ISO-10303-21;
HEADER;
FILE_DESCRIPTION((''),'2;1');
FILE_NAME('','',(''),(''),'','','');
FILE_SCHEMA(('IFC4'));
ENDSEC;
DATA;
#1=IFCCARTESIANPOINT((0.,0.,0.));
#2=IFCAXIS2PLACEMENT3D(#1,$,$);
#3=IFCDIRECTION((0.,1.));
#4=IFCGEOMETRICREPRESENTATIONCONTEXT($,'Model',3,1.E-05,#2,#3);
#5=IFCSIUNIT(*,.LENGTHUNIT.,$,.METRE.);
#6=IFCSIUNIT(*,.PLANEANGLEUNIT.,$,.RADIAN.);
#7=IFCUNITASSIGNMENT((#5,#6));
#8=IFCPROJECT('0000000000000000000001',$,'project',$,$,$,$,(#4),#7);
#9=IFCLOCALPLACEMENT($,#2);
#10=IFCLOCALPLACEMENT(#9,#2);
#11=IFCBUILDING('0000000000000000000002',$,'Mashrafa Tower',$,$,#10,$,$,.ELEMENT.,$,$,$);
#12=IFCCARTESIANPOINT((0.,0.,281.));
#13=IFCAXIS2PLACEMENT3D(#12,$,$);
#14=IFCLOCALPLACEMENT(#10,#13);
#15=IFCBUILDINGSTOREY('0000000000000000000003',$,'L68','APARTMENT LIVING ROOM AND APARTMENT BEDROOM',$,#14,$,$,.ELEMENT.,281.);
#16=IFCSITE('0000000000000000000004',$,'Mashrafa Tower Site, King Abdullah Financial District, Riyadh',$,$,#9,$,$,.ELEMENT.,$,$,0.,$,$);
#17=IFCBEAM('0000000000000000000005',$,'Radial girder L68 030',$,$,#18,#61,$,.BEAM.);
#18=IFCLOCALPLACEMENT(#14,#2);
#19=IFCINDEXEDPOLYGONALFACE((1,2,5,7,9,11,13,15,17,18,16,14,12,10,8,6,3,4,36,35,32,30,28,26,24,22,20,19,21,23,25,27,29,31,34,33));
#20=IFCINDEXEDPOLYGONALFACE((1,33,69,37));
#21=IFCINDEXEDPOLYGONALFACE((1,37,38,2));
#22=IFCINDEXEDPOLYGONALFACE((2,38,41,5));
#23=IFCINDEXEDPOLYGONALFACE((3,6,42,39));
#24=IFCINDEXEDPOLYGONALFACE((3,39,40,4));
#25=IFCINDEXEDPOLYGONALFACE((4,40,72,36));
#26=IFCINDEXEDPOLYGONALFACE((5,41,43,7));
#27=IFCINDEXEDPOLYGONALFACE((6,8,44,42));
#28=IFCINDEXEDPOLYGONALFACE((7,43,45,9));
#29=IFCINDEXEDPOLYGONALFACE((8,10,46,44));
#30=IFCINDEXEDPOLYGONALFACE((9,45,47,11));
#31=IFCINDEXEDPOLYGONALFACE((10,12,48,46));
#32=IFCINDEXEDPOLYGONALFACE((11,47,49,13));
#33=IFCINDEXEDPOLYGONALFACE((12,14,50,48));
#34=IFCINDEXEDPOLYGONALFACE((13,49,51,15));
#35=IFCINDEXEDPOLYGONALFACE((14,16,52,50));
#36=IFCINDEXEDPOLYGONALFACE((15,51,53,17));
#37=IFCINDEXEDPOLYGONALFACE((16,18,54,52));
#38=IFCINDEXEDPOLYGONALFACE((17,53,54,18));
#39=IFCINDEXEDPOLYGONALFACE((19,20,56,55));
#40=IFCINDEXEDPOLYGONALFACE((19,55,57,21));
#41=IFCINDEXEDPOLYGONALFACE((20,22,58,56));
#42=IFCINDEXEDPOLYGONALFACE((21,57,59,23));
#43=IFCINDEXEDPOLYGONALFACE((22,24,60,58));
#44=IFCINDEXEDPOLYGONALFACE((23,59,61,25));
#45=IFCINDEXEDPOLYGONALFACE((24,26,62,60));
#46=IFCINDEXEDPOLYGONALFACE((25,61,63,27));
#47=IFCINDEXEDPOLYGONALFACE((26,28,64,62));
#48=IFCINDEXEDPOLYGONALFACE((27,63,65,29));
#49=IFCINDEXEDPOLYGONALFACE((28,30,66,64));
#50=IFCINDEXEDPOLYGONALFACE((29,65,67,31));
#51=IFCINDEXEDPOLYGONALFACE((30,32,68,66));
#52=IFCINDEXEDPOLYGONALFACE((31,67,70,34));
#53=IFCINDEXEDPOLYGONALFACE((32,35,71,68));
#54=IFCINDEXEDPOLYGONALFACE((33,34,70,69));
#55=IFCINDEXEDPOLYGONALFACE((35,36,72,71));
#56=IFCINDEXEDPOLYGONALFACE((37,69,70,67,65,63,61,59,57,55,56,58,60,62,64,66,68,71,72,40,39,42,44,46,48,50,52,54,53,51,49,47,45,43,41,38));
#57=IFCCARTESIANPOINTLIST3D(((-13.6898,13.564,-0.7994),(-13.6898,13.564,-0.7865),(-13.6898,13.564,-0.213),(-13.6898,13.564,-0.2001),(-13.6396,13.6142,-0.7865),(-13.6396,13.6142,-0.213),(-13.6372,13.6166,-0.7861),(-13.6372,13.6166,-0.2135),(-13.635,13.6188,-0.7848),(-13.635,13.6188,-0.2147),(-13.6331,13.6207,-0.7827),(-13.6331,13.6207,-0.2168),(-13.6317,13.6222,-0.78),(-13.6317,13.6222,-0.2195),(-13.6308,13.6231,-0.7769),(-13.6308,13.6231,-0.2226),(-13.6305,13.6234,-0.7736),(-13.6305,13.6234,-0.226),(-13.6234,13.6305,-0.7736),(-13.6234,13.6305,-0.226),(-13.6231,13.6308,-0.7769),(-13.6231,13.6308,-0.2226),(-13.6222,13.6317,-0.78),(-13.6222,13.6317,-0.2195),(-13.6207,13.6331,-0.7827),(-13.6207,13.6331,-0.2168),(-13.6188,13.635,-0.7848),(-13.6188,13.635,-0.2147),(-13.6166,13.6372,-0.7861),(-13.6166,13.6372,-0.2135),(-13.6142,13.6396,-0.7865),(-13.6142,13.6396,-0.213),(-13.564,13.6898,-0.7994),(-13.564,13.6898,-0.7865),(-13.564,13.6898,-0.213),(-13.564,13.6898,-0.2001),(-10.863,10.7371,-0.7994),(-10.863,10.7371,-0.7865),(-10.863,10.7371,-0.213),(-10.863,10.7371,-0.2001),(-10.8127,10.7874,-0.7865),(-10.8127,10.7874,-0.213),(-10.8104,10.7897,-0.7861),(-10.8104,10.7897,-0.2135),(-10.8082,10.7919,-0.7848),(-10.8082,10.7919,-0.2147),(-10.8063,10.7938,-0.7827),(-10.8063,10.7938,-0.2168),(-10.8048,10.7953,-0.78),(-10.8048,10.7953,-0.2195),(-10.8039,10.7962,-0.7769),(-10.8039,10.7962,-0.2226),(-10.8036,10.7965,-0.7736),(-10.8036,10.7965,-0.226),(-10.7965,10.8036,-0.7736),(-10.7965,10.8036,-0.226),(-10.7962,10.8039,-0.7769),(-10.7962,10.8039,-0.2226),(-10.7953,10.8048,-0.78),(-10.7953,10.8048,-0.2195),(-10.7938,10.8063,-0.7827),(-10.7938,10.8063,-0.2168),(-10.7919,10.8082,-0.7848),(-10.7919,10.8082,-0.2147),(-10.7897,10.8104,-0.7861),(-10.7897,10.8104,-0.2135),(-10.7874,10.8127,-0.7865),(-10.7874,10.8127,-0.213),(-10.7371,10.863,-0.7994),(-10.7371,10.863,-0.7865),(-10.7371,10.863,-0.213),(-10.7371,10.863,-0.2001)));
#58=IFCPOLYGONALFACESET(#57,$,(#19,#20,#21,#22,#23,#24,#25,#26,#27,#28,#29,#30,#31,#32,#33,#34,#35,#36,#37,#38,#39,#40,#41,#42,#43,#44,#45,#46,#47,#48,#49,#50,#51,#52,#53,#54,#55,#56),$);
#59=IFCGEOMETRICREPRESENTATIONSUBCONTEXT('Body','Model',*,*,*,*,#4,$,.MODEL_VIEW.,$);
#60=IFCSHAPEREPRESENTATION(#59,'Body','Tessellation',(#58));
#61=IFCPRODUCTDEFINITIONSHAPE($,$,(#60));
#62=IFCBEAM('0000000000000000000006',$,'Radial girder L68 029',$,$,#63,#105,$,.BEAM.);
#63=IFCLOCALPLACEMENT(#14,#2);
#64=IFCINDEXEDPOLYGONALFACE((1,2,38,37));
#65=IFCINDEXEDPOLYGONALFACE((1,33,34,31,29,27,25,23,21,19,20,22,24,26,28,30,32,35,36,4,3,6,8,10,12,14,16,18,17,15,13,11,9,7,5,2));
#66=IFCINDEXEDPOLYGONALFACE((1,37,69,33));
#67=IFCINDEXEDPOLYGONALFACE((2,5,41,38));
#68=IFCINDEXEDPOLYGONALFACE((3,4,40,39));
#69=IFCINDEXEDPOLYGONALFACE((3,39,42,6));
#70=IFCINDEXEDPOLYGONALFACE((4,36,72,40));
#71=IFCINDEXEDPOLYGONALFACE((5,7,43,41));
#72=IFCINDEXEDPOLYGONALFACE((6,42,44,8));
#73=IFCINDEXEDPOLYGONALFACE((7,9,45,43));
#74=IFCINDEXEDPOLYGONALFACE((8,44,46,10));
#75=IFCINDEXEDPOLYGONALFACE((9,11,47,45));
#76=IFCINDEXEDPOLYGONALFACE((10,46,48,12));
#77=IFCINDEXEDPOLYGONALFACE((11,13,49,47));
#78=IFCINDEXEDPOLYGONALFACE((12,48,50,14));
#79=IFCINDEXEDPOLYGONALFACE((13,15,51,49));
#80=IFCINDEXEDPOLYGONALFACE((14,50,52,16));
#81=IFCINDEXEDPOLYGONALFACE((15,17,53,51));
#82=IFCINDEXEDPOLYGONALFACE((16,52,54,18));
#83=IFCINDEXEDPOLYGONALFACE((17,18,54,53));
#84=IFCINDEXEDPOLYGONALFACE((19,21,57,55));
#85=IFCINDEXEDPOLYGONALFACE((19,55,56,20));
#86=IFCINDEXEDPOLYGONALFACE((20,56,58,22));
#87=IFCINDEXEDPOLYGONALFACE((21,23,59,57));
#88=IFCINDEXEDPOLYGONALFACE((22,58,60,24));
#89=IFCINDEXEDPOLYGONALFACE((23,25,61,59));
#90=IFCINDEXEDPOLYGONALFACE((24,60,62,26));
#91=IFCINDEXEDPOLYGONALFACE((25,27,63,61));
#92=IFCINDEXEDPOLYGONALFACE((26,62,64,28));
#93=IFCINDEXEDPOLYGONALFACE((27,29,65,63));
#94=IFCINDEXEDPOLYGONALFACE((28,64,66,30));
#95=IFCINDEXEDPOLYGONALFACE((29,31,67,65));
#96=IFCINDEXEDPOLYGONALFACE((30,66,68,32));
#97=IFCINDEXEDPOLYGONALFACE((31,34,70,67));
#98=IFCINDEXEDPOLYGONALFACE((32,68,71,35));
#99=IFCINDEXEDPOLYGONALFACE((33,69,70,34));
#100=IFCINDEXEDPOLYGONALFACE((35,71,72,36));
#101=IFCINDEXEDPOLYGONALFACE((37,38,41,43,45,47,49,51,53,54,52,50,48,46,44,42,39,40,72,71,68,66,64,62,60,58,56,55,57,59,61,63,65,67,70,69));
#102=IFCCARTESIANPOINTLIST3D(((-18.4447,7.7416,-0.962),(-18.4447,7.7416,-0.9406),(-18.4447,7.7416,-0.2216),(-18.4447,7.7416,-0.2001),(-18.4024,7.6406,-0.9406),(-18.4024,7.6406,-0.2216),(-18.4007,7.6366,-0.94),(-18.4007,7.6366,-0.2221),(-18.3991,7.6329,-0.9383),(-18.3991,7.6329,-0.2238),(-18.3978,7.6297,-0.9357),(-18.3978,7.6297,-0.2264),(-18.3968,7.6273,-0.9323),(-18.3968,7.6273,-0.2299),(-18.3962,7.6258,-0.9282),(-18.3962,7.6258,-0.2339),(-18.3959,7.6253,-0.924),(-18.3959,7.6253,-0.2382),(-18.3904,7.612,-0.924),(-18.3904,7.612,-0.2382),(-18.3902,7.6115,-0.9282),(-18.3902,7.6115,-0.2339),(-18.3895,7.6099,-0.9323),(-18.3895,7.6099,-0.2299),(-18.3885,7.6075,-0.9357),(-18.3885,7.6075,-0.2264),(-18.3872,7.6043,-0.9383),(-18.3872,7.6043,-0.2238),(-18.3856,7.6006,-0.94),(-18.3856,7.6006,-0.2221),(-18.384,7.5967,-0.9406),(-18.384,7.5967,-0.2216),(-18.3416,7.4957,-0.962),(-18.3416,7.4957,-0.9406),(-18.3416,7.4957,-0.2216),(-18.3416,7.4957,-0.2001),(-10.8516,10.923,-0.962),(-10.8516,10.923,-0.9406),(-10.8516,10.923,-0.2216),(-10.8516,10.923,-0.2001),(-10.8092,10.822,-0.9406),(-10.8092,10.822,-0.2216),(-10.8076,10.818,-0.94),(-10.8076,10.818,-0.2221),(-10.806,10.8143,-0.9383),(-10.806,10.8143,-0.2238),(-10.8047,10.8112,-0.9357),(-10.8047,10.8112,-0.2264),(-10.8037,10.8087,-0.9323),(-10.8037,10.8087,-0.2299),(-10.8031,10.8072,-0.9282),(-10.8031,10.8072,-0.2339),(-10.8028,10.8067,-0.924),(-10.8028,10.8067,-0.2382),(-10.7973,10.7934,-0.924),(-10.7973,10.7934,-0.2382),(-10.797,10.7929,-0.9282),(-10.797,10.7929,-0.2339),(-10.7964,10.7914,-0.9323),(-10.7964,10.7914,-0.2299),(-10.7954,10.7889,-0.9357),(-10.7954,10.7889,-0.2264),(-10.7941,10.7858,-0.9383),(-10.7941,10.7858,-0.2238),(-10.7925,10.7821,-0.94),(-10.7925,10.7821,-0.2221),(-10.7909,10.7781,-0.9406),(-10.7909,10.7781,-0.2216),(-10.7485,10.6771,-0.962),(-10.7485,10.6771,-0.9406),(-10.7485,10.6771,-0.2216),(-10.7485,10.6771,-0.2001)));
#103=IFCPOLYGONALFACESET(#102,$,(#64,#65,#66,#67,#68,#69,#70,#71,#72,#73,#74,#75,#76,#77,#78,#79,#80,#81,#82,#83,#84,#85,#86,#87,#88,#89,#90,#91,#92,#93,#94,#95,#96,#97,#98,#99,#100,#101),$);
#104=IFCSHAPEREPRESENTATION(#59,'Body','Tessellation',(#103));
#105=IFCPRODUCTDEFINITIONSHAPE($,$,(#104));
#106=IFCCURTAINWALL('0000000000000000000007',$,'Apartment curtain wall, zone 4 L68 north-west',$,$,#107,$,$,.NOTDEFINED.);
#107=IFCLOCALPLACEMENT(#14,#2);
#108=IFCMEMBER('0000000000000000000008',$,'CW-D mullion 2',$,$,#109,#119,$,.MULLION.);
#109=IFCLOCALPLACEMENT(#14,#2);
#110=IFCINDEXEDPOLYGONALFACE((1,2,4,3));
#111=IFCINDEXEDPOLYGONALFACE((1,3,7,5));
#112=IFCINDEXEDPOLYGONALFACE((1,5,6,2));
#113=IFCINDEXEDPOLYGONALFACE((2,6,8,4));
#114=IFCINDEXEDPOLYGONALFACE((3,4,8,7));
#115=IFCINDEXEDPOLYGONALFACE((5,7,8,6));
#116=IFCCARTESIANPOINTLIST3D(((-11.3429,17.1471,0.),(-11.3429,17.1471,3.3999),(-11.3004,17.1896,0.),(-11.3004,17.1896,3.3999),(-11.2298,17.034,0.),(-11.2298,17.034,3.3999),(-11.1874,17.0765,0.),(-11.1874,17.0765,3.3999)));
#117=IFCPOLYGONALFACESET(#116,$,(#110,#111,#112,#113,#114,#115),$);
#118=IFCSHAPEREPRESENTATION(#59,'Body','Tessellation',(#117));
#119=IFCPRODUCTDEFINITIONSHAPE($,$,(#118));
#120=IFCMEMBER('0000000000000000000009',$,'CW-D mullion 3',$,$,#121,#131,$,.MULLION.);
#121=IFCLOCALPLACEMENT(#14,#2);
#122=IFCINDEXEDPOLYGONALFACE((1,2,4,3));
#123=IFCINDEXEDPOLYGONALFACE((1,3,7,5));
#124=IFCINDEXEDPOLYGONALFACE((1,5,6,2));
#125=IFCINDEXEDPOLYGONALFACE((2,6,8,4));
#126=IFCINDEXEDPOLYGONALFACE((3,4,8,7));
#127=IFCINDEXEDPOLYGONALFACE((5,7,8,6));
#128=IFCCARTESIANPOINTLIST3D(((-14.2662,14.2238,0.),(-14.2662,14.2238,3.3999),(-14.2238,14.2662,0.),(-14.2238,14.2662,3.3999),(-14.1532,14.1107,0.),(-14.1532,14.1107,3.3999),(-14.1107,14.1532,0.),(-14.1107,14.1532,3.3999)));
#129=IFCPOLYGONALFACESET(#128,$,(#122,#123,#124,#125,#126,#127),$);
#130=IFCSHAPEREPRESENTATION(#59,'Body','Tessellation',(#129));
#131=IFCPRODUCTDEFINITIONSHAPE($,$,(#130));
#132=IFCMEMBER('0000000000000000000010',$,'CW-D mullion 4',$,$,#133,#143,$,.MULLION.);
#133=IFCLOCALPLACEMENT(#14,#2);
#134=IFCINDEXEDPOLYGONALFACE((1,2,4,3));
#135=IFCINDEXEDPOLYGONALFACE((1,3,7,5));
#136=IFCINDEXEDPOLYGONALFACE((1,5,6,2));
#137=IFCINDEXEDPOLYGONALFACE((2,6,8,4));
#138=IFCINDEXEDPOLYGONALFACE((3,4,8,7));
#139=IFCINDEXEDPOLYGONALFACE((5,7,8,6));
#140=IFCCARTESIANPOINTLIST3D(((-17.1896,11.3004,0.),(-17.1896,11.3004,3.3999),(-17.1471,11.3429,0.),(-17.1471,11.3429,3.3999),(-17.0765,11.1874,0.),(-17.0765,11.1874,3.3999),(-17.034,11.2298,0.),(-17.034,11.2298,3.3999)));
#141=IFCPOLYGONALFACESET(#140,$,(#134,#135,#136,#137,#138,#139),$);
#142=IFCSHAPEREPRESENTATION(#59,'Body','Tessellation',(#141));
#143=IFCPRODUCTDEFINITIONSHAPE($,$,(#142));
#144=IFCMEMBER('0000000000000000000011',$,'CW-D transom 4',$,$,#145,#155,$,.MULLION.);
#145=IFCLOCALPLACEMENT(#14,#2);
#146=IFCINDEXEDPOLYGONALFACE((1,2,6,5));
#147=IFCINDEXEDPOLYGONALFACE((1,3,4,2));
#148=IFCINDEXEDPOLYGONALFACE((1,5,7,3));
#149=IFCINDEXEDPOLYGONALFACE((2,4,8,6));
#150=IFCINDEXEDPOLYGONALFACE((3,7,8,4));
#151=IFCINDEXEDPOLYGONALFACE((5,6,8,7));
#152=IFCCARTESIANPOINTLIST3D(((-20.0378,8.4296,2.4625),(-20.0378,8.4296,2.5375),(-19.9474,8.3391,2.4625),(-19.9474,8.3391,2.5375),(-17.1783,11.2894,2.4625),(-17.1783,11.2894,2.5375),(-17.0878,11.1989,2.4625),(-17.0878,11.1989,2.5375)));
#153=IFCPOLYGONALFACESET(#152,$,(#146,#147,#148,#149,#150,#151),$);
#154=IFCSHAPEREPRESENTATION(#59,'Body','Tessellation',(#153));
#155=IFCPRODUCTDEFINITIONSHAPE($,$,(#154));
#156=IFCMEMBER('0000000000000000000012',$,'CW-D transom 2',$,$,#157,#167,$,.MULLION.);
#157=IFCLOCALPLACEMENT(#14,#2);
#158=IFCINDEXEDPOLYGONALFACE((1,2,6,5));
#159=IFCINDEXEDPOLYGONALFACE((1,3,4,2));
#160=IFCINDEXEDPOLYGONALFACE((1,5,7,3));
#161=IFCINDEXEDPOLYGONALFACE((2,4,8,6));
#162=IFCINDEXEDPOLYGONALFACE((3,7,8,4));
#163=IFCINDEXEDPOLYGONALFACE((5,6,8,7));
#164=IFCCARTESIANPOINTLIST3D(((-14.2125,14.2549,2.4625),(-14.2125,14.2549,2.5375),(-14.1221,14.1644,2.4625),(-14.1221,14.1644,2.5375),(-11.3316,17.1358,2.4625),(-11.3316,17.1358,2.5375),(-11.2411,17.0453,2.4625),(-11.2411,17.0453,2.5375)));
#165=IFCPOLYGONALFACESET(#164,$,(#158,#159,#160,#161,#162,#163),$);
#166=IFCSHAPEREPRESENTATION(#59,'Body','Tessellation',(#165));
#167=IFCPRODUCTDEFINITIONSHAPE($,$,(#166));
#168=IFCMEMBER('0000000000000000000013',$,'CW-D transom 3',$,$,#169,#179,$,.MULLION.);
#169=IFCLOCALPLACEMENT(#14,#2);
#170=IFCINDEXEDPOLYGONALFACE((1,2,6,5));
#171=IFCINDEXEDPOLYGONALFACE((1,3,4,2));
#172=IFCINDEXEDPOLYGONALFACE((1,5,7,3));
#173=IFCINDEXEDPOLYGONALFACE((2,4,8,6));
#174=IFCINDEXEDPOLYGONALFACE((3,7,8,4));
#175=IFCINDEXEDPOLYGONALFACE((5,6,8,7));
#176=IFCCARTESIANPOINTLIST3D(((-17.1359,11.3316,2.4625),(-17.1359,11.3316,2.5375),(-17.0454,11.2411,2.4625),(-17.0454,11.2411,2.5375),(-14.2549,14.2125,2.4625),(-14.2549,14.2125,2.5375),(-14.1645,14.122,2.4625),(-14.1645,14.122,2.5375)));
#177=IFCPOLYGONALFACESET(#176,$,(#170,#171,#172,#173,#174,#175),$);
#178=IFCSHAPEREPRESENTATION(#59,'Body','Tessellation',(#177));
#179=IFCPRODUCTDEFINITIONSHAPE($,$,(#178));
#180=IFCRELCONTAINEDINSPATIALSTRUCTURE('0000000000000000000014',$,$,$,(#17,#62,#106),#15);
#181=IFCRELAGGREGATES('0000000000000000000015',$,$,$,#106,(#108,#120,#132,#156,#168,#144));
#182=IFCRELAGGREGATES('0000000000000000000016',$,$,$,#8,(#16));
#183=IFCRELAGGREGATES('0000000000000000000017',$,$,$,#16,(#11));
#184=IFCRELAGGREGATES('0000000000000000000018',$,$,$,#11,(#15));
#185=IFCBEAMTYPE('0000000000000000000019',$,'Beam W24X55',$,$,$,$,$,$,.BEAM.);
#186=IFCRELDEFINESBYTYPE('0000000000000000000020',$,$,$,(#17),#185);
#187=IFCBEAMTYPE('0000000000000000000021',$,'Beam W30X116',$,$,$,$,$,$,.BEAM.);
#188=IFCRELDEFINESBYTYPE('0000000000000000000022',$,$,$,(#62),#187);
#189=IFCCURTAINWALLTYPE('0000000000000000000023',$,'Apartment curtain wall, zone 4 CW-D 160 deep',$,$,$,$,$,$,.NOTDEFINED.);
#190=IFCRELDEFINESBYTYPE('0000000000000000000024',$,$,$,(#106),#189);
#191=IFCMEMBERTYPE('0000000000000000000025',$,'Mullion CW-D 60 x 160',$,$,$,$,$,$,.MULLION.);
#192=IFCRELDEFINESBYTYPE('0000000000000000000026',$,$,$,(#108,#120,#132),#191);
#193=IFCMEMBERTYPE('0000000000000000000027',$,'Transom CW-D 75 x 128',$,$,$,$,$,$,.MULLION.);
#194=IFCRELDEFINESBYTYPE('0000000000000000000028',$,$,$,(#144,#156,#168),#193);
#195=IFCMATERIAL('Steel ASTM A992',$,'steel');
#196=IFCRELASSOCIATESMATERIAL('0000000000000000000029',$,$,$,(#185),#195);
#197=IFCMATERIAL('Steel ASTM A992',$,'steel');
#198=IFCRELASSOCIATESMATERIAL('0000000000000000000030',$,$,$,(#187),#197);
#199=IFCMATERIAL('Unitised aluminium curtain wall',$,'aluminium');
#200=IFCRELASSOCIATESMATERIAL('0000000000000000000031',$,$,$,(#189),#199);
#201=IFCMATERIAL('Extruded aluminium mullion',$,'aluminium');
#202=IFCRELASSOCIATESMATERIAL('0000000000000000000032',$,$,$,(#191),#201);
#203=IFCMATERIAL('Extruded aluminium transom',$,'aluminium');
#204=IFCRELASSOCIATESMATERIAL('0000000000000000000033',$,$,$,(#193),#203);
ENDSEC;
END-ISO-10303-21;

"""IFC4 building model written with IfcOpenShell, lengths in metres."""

from ifc_helpers import new_model, si_unit, direction, frame, origin, origin_2d, place, context, subcontext, project, spatial, rectangle, i_section, extrude, source, transform, mapped, material, material_profile, profile_set, type_object, type_shapes, element, aggregate, save


model = new_model("IFC4")

# Units and contexts
model_context = context("Model", 3, precision=1e-05, world=origin(), true_north=direction((0.0, 1.0)))
body_context = subcontext(model_context, "Body", "Model", "MODEL_VIEW")
ifc_project = project(units=[si_unit("LENGTHUNIT", "METRE"), si_unit("PLANEANGLEUNIT", "RADIAN")], contexts=[model_context])

# Site, building, storey
site_placement = place(None, origin())
site = spatial("IfcSite", under=ifc_project, at=site_placement, Name="Mashrafa Tower Site, King Abdullah Financial District, Riyadh", CompositionType="ELEMENT", RefElevation=0.0)
building_placement = place(site_placement, origin())
building = spatial("IfcBuilding", under=site, at=building_placement, Name="Mashrafa Tower", CompositionType="ELEMENT")
storey_placement = place(building_placement, frame((0.0, 0.0, 281.0)))
storey = spatial("IfcBuildingStorey", under=building, at=storey_placement, Name="L68", Description="APARTMENT LIVING ROOM AND APARTMENT BEDROOM", CompositionType="ELEMENT", Elevation=281.0)

# Beams
ifc_material_1 = material(Name="Steel ASTM A992", Category="steel")
ifc_material_profile_1 = material_profile(ifc_material_1, i_section(OverallWidth=0.178, OverallDepth=0.5994, WebThickness=0.01, FlangeThickness=0.0129, FilletRadius=0.0129, at=origin_2d()), Name="W24X55")
ifc_profile_set_1 = profile_set([ifc_material_profile_1], Name="Steel ASTM A992")
beam_type_1 = type_object("IfcBeamType", Name="Beam W24X55", PredefinedType="BEAM", material=ifc_profile_set_1)
beam_1_placement = place(storey_placement, frame((-10.8, 10.8, -0.4998), z_axis=(-0.707107, 0.707107, 0.0), x_axis=(-0.707107, -0.707107, 0.0)))
element("IfcBeam", 1, at=beam_1_placement, inside=storey, type_object=beam_type_1, Name="Radial girder L68 030", PredefinedType="BEAM", context=body_context, shape_type="SweptSolid", body=[
    extrude(i_section(OverallWidth=0.178, OverallDepth=0.5994, WebThickness=0.01, FlangeThickness=0.0129, FilletRadius=0.0129, at=origin_2d()), origin(), (0.0, 0.0, 1.0), 3.9978),
])
ifc_material_2 = material(Name="Steel ASTM A992", Category="steel")
ifc_material_profile_2 = material_profile(ifc_material_2, i_section(OverallWidth=0.2666, OverallDepth=0.762, WebThickness=0.0144, FlangeThickness=0.0215, FilletRadius=0.0166, at=origin_2d()), Name="W30X116")
ifc_profile_set_2 = profile_set([ifc_material_profile_2], Name="Steel ASTM A992")
beam_type_2 = type_object("IfcBeamType", Name="Beam W30X116", PredefinedType="BEAM", material=ifc_profile_set_2)
beam_2_placement = place(storey_placement, frame((-10.8, 10.8, -0.5811), z_axis=(-0.922314, -0.38644, 0.0), x_axis=(0.38644, -0.922314, 0.0)))
element("IfcBeam", 2, at=beam_2_placement, inside=storey, type_object=beam_type_2, Name="Radial girder L68 029", PredefinedType="BEAM", context=body_context, shape_type="SweptSolid", body=[
    extrude(i_section(OverallWidth=0.2666, OverallDepth=0.762, WebThickness=0.0144, FlangeThickness=0.0215, FilletRadius=0.0166, at=origin_2d()), origin(), (0.0, 0.0, 1.0), 8.2327),
])

# Curtain wall, members
ifc_material_3 = material(Name="Unitised aluminium curtain wall", Category="aluminium")
curtain_wall_type = type_object("IfcCurtainWallType", Name="Apartment curtain wall, zone 4 CW-D 160 deep", PredefinedType="NOTDEFINED", material=ifc_material_3)
curtain_wall_placement = place(storey_placement, origin())
curtain_wall = element("IfcCurtainWall", 3, at=curtain_wall_placement, inside=storey, type_object=curtain_wall_type, Name="Apartment curtain wall, zone 4 L68 north-west", PredefinedType="NOTDEFINED")
ifc_material_4 = material(Name="Extruded aluminium mullion", Category="aluminium")
ifc_material_profile_3 = material_profile(ifc_material_4, rectangle(XDim=0.1599, YDim=0.0601, at=origin_2d()), Name="Mullion 60x160")
ifc_profile_set_3 = profile_set([ifc_material_profile_3], Name="Extruded aluminium mullion")
member_type_1 = type_object("IfcMemberType", Name="Mullion CW-D 60 x 160", PredefinedType="MULLION", material=ifc_profile_set_3)
shared_shape_1 = source(origin(), body_context, "Body", "SweptSolid", [
    extrude(rectangle(XDim=0.1599, YDim=0.0601, at=origin_2d()), origin(), (0.0, 0.0, 1.0), 3.3999),
])
type_shapes(member_type_1, [shared_shape_1])
member_1_placement = place(storey_placement, frame((-11.2651, 17.1118, 0.0), z_axis=(0.0, 0.0, 1.0), x_axis=(0.707107, -0.707107, 0.0)))
member_1 = element("IfcMember", 4, at=member_1_placement, type_object=member_type_1, Name="CW-D mullion 2", PredefinedType="MULLION", context=body_context, shape_type="MappedRepresentation", body=[
    mapped(shared_shape_1, transform((0.0, 0.0, 0.0))),
])
member_2_placement = place(storey_placement, frame((-14.1885, 14.1885, 0.0), z_axis=(0.0, 0.0, 1.0), x_axis=(0.707107, -0.707107, 0.0)))
member_2 = element("IfcMember", 5, at=member_2_placement, type_object=member_type_1, Name="CW-D mullion 3", PredefinedType="MULLION", context=body_context, shape_type="MappedRepresentation", body=[
    mapped(shared_shape_1, transform((0.0, 0.0, 0.0))),
])
member_3_placement = place(storey_placement, frame((-17.1118, 11.2651, 0.0), z_axis=(0.0, 0.0, 1.0), x_axis=(0.707107, -0.707107, 0.0)))
member_3 = element("IfcMember", 6, at=member_3_placement, type_object=member_type_1, Name="CW-D mullion 4", PredefinedType="MULLION", context=body_context, shape_type="MappedRepresentation", body=[
    mapped(shared_shape_1, transform((0.0, 0.0, 0.0))),
])
ifc_material_5 = material(Name="Extruded aluminium transom", Category="aluminium")
ifc_material_profile_4 = material_profile(ifc_material_5, rectangle(XDim=0.1279, YDim=0.075, at=origin_2d()), Name="Transom 75x128")
ifc_profile_set_4 = profile_set([ifc_material_profile_4], Name="Extruded aluminium transom")
member_type_2 = type_object("IfcMemberType", Name="Transom CW-D 75 x 128", PredefinedType="MULLION", material=ifc_profile_set_4)
shared_shape_2 = source(origin(), body_context, "Body", "SweptSolid", [
    extrude(rectangle(XDim=0.1279, YDim=0.075, at=origin_2d()), origin(), (0.0, 0.0, 1.0), 4.0442),
])
member_4_placement = place(storey_placement, frame((-17.1331, 11.2441, 2.5), z_axis=(-0.707077, -0.707137, 0.0), x_axis=(0.707137, -0.707077, 0.0)))
member_4 = element("IfcMember", 7, at=member_4_placement, type_object=member_type_2, Name="CW-D transom 4", PredefinedType="MULLION", context=body_context, shape_type="MappedRepresentation", body=[
    mapped(shared_shape_2, transform((0.0, 0.0, 0.0))),
])
shared_shape_3 = source(origin(), body_context, "Body", "SweptSolid", [
    extrude(rectangle(XDim=0.1279, YDim=0.075, at=origin_2d()), origin(), (0.0, 0.0, 1.0), 4.0742),
])
type_shapes(member_type_2, [shared_shape_2, shared_shape_3])
member_5_placement = place(storey_placement, frame((-11.2864, 17.0906, 2.5), z_axis=(-0.707107, -0.707107, 0.0), x_axis=(0.707107, -0.707107, 0.0)))
member_5 = element("IfcMember", 8, at=member_5_placement, type_object=member_type_2, Name="CW-D transom 2", PredefinedType="MULLION", context=body_context, shape_type="MappedRepresentation", body=[
    mapped(shared_shape_3, transform((0.0, 0.0, 0.0))),
])
member_6_placement = place(storey_placement, frame((-14.2097, 14.1672, 2.5), z_axis=(-0.707107, -0.707107, 0.0), x_axis=(0.707107, -0.707107, 0.0)))
member_6 = element("IfcMember", 9, at=member_6_placement, type_object=member_type_2, Name="CW-D transom 3", PredefinedType="MULLION", context=body_context, shape_type="MappedRepresentation", body=[
    mapped(shared_shape_3, transform((0.0, 0.0, 0.0))),
])
aggregate(curtain_wall, [member_1, member_2, member_3, member_5, member_6, member_4])

save(model, "model.ifc")
